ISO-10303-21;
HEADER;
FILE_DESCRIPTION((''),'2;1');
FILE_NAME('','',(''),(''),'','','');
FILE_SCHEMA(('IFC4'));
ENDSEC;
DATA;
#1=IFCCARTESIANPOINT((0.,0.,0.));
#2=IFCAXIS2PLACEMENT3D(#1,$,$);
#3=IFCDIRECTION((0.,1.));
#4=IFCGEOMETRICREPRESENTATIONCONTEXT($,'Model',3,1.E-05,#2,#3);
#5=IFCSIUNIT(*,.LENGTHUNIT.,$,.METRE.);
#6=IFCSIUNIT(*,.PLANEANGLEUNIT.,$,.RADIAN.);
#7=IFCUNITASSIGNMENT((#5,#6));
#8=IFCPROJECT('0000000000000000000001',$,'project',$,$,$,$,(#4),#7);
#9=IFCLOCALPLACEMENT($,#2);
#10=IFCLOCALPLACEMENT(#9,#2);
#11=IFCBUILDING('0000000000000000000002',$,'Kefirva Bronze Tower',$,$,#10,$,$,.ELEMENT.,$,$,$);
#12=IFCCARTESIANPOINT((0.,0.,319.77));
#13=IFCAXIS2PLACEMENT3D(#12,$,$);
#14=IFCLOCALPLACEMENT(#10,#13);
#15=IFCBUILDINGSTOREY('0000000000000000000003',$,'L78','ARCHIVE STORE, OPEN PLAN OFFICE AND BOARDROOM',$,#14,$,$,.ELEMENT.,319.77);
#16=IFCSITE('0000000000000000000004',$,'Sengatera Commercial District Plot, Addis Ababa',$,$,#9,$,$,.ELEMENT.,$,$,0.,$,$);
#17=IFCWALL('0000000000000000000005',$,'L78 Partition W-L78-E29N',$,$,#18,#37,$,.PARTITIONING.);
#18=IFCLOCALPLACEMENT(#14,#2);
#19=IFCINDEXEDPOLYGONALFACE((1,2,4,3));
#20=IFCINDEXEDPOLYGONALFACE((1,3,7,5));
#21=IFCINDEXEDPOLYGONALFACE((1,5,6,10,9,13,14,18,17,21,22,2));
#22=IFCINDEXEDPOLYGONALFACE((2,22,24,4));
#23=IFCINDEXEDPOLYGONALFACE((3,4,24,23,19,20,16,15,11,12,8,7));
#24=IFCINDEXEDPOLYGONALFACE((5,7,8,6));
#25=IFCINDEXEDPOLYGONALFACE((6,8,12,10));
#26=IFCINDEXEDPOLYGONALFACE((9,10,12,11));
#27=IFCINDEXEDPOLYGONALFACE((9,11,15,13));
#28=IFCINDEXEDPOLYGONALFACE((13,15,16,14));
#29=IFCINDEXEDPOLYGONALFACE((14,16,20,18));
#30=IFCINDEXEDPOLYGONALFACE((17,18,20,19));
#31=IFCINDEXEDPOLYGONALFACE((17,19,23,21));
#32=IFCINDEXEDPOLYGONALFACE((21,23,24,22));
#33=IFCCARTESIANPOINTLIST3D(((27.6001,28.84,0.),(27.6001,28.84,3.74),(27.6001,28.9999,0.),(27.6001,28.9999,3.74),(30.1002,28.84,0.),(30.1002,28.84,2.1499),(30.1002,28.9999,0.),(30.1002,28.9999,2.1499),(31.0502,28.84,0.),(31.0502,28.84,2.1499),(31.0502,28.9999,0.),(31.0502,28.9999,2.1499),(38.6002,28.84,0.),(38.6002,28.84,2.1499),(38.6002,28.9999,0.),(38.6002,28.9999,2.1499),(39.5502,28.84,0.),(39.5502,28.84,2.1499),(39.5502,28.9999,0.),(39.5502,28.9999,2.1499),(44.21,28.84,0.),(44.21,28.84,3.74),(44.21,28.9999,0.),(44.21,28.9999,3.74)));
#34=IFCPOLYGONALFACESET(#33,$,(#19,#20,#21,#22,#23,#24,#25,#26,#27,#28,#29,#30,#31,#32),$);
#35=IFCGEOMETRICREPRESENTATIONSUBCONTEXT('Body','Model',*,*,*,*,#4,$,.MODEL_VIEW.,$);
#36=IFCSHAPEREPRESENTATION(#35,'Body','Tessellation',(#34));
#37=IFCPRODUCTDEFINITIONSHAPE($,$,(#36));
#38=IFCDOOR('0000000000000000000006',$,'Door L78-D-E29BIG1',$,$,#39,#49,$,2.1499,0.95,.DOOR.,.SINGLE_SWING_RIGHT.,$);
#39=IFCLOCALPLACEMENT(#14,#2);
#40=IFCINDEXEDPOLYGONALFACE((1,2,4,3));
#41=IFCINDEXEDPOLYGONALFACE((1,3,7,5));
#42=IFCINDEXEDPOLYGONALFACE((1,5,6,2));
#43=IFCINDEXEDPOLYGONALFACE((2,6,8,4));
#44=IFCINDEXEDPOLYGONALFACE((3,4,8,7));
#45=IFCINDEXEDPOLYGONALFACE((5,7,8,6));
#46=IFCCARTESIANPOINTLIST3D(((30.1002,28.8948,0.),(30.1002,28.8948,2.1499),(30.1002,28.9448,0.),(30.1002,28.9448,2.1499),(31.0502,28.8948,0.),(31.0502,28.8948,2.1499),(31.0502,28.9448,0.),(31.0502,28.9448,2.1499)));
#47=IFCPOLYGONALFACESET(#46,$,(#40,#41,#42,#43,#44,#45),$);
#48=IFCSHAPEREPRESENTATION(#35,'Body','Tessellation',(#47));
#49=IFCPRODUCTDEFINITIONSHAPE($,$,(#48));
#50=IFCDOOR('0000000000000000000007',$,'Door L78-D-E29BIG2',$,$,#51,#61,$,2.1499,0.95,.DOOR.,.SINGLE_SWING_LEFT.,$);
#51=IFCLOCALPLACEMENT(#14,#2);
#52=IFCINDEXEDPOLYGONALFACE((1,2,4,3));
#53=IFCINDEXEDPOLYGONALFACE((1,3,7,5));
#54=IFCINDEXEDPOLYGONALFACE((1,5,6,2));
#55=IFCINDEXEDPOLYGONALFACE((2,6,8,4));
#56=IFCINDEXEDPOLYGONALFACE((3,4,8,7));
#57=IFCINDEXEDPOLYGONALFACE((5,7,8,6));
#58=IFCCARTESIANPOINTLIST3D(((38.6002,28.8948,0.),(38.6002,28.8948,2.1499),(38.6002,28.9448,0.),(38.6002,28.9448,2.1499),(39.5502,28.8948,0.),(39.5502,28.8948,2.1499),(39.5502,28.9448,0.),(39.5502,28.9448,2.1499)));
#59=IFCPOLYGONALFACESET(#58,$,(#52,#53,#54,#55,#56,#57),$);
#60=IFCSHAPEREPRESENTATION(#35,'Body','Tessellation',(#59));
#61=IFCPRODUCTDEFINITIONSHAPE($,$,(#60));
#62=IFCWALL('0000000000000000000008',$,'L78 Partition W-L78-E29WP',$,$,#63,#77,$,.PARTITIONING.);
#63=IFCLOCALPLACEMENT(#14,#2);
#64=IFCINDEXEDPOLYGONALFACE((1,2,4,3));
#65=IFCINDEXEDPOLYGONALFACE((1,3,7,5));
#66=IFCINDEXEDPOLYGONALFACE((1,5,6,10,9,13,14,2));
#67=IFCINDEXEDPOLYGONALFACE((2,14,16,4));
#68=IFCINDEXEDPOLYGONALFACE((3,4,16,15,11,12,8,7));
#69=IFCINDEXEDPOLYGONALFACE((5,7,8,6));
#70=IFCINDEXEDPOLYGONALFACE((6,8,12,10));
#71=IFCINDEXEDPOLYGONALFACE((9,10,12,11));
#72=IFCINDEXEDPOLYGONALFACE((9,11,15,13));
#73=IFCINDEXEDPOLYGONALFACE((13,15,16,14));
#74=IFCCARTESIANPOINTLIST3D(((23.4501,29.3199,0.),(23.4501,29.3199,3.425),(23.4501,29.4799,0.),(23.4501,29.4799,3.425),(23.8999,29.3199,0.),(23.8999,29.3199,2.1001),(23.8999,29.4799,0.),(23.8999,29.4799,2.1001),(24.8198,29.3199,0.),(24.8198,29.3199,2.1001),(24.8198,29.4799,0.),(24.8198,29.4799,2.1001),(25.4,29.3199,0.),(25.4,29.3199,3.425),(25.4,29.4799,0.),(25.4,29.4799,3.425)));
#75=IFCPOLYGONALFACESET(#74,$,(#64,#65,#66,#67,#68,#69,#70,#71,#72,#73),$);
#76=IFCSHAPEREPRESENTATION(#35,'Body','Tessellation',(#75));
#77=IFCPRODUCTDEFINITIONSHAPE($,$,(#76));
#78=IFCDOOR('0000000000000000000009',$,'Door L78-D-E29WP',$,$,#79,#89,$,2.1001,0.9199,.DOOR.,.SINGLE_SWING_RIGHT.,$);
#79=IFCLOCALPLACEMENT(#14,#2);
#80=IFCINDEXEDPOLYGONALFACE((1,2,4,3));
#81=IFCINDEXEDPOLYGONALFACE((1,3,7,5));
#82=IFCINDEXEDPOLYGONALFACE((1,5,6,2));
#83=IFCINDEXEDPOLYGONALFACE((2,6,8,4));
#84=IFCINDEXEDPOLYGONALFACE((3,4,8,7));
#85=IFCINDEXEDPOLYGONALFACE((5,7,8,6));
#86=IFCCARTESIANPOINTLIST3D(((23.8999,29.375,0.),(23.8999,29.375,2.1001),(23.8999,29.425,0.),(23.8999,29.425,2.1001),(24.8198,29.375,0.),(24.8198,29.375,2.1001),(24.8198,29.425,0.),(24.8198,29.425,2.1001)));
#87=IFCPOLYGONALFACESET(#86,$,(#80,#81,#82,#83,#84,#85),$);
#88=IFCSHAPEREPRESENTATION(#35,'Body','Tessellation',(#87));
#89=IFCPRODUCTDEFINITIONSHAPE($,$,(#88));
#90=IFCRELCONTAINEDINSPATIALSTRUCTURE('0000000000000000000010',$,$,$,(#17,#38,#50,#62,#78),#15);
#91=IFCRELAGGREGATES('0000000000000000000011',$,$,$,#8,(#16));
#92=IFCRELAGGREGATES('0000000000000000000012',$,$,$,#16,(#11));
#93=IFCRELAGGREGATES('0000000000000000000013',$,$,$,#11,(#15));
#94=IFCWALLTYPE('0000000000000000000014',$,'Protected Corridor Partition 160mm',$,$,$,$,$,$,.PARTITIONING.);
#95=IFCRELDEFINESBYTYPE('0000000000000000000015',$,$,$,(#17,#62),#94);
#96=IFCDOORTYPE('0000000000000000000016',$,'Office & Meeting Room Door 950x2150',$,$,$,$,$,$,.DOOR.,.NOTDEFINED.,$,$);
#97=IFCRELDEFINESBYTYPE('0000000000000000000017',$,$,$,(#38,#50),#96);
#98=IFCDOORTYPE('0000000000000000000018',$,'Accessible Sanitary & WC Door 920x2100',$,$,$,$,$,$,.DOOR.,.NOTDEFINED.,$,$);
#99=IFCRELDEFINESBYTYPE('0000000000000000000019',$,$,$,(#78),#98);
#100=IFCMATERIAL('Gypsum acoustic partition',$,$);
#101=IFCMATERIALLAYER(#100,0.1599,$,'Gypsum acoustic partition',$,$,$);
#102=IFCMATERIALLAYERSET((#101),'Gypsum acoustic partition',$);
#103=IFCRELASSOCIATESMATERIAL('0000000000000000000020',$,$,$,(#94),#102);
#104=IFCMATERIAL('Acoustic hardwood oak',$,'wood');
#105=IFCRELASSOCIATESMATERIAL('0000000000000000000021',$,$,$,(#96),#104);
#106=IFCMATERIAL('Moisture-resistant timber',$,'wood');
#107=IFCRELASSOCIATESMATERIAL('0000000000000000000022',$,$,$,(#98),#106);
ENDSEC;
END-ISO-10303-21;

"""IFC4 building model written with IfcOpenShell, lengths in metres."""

from ifc_helpers import new_model, si_unit, direction, frame, frame_2d, origin, place, context, subcontext, project, spatial, rectangle, extrude, material, layer, layer_set, type_object, element, fill, save


model = new_model("IFC4")

# Units and contexts
model_context = context("Model", 3, precision=1e-05, world=origin(), true_north=direction((0.0, 1.0)))
body_context = subcontext(model_context, "Body", "Model", "MODEL_VIEW")
ifc_project = project(units=[si_unit("LENGTHUNIT", "METRE"), si_unit("PLANEANGLEUNIT", "RADIAN")], contexts=[model_context])

# Site, building, storey
site_placement = place(None, origin())
site = spatial("IfcSite", under=ifc_project, at=site_placement, Name="Sengatera Commercial District Plot, Addis Ababa", CompositionType="ELEMENT", RefElevation=0.0)
building_placement = place(site_placement, origin())
building = spatial("IfcBuilding", under=site, at=building_placement, Name="Kefirva Bronze Tower", CompositionType="ELEMENT")
storey_placement = place(building_placement, frame((0.0, 0.0, 319.77)))
storey = spatial("IfcBuildingStorey", under=building, at=storey_placement, Name="L78", Description="ARCHIVE STORE, OPEN PLAN OFFICE AND BOARDROOM", CompositionType="ELEMENT", Elevation=319.77)

# Shared definitions
ifc_material_1 = material(Name="Gypsum acoustic partition")
ifc_layer = layer(ifc_material_1, 0.1599, Name="Gypsum acoustic partition")
ifc_layer_set = layer_set([ifc_layer], Name="Gypsum acoustic partition")
wall_type = type_object("IfcWallType", Name="Protected Corridor Partition 160mm", PredefinedType="PARTITIONING", material=ifc_layer_set)
ifc_material_2 = material(Name="Acoustic hardwood oak", Category="wood")
door_type_1 = type_object("IfcDoorType", Name="Office & Meeting Room Door 950x2150", OperationType="NOTDEFINED", PredefinedType="DOOR", material=ifc_material_2)

# Wall, openings, doors
wall_1_placement = place(storey_placement, frame((27.6001, 28.9199, 0.0), z_axis=(0.0, 0.0, 1.0), x_axis=(1.0, 0.0, 0.0)))
wall_1 = element("IfcWall", 1, at=wall_1_placement, inside=storey, type_object=wall_type, Name="L78 Partition W-L78-E29N", PredefinedType="PARTITIONING", context=body_context, shape_type="SweptSolid", body=[
    extrude(rectangle(XDim=16.6099, YDim=0.1599, at=frame_2d((8.3049, 0.0))), origin(), (0.0, 0.0, 1.0), 3.74),
])
opening_1_placement = place(wall_1_placement, frame((2.5, 0.0, 0.0)))
opening_1 = element("IfcOpeningElement", 2, at=opening_1_placement, cuts=wall_1, PredefinedType="OPENING", context=body_context, shape_type="SweptSolid", body=[
    extrude(rectangle(XDim=0.95, YDim=2.1499, at=frame_2d((0.4751, 1.075))), frame((0.0, 0.0898, 0.0), z_axis=(0.0, -1.0, 0.0), x_axis=(1.0, 0.0, 0.0)), (0.0, 0.0, 1.0), 0.1799),
])
opening_2_placement = place(wall_1_placement, frame((11.0, 0.0, 0.0)))
opening_2 = element("IfcOpeningElement", 3, at=opening_2_placement, cuts=wall_1, PredefinedType="OPENING", context=body_context, shape_type="SweptSolid", body=[
    extrude(rectangle(XDim=0.95, YDim=2.1499, at=frame_2d((0.4751, 1.075))), frame((0.0, 0.0898, 0.0), z_axis=(0.0, -1.0, 0.0), x_axis=(1.0, 0.0, 0.0)), (0.0, 0.0, 1.0), 0.1799),
])
door_1_placement = place(opening_1_placement, origin())
door_1 = element("IfcDoor", 4, at=door_1_placement, inside=storey, type_object=door_type_1, Name="Door L78-D-E29BIG1", OperationType="SINGLE_SWING_RIGHT", OverallHeight=2.1499, OverallWidth=0.95, PredefinedType="DOOR", context=body_context, shape_type="SweptSolid", body=[
    extrude(rectangle(XDim=0.95, YDim=2.1499, at=frame_2d((0.4751, 1.075))), frame((0.0, 0.0249, 0.0), z_axis=(0.0, -1.0, 0.0), x_axis=(1.0, 0.0, 0.0)), (0.0, 0.0, 1.0), 0.05),
])
fill(opening_1, door_1)
door_2_placement = place(opening_2_placement, origin())
door_2 = element("IfcDoor", 5, at=door_2_placement, inside=storey, type_object=door_type_1, Name="Door L78-D-E29BIG2", OperationType="SINGLE_SWING_LEFT", OverallHeight=2.1499, OverallWidth=0.95, PredefinedType="DOOR", context=body_context, shape_type="SweptSolid", body=[
    extrude(rectangle(XDim=0.95, YDim=2.1499, at=frame_2d((0.4751, 1.075))), frame((0.0, 0.0249, 0.0), z_axis=(0.0, -1.0, 0.0), x_axis=(1.0, 0.0, 0.0)), (0.0, 0.0, 1.0), 0.05),
])
fill(opening_2, door_2)

# Wall, opening, door
wall_2_placement = place(storey_placement, frame((23.45, 29.3999, 0.0), z_axis=(0.0, 0.0, 1.0), x_axis=(1.0, 0.0, 0.0)))
wall_2 = element("IfcWall", 6, at=wall_2_placement, inside=storey, type_object=wall_type, Name="L78 Partition W-L78-E29WP", PredefinedType="PARTITIONING", context=body_context, shape_type="SweptSolid", body=[
    extrude(rectangle(XDim=1.95, YDim=0.1599, at=frame_2d((0.9751, 0.0))), origin(), (0.0, 0.0, 1.0), 3.425),
])
opening_3_placement = place(wall_2_placement, frame((1.3699, 0.0, 0.0), z_axis=(0.0, 0.0, 1.0), x_axis=(-1.0, 0.0, 0.0)))
opening_3 = element("IfcOpeningElement", 7, at=opening_3_placement, cuts=wall_2, PredefinedType="OPENING", context=body_context, shape_type="SweptSolid", body=[
    extrude(rectangle(XDim=0.9199, YDim=2.1001, at=frame_2d((0.46, 1.05))), frame((0.0, 0.0898, 0.0), z_axis=(0.0, -1.0, 0.0), x_axis=(1.0, 0.0, 0.0)), (0.0, 0.0, 1.0), 0.1799),
])
ifc_material_3 = material(Name="Moisture-resistant timber", Category="wood")
door_type_2 = type_object("IfcDoorType", Name="Accessible Sanitary & WC Door 920x2100", OperationType="NOTDEFINED", PredefinedType="DOOR", material=ifc_material_3)
door_3_placement = place(opening_3_placement, origin())
door_3 = element("IfcDoor", 8, at=door_3_placement, inside=storey, type_object=door_type_2, Name="Door L78-D-E29WP", OperationType="SINGLE_SWING_RIGHT", OverallHeight=2.1001, OverallWidth=0.9199, PredefinedType="DOOR", context=body_context, shape_type="SweptSolid", body=[
    extrude(rectangle(XDim=0.9199, YDim=2.1001, at=frame_2d((0.46, 1.05))), frame((0.0, 0.0249, 0.0), z_axis=(0.0, -1.0, 0.0), x_axis=(1.0, 0.0, 0.0)), (0.0, 0.0, 1.0), 0.05),
])
fill(opening_3, door_3)

save(model, "model.ifc")
